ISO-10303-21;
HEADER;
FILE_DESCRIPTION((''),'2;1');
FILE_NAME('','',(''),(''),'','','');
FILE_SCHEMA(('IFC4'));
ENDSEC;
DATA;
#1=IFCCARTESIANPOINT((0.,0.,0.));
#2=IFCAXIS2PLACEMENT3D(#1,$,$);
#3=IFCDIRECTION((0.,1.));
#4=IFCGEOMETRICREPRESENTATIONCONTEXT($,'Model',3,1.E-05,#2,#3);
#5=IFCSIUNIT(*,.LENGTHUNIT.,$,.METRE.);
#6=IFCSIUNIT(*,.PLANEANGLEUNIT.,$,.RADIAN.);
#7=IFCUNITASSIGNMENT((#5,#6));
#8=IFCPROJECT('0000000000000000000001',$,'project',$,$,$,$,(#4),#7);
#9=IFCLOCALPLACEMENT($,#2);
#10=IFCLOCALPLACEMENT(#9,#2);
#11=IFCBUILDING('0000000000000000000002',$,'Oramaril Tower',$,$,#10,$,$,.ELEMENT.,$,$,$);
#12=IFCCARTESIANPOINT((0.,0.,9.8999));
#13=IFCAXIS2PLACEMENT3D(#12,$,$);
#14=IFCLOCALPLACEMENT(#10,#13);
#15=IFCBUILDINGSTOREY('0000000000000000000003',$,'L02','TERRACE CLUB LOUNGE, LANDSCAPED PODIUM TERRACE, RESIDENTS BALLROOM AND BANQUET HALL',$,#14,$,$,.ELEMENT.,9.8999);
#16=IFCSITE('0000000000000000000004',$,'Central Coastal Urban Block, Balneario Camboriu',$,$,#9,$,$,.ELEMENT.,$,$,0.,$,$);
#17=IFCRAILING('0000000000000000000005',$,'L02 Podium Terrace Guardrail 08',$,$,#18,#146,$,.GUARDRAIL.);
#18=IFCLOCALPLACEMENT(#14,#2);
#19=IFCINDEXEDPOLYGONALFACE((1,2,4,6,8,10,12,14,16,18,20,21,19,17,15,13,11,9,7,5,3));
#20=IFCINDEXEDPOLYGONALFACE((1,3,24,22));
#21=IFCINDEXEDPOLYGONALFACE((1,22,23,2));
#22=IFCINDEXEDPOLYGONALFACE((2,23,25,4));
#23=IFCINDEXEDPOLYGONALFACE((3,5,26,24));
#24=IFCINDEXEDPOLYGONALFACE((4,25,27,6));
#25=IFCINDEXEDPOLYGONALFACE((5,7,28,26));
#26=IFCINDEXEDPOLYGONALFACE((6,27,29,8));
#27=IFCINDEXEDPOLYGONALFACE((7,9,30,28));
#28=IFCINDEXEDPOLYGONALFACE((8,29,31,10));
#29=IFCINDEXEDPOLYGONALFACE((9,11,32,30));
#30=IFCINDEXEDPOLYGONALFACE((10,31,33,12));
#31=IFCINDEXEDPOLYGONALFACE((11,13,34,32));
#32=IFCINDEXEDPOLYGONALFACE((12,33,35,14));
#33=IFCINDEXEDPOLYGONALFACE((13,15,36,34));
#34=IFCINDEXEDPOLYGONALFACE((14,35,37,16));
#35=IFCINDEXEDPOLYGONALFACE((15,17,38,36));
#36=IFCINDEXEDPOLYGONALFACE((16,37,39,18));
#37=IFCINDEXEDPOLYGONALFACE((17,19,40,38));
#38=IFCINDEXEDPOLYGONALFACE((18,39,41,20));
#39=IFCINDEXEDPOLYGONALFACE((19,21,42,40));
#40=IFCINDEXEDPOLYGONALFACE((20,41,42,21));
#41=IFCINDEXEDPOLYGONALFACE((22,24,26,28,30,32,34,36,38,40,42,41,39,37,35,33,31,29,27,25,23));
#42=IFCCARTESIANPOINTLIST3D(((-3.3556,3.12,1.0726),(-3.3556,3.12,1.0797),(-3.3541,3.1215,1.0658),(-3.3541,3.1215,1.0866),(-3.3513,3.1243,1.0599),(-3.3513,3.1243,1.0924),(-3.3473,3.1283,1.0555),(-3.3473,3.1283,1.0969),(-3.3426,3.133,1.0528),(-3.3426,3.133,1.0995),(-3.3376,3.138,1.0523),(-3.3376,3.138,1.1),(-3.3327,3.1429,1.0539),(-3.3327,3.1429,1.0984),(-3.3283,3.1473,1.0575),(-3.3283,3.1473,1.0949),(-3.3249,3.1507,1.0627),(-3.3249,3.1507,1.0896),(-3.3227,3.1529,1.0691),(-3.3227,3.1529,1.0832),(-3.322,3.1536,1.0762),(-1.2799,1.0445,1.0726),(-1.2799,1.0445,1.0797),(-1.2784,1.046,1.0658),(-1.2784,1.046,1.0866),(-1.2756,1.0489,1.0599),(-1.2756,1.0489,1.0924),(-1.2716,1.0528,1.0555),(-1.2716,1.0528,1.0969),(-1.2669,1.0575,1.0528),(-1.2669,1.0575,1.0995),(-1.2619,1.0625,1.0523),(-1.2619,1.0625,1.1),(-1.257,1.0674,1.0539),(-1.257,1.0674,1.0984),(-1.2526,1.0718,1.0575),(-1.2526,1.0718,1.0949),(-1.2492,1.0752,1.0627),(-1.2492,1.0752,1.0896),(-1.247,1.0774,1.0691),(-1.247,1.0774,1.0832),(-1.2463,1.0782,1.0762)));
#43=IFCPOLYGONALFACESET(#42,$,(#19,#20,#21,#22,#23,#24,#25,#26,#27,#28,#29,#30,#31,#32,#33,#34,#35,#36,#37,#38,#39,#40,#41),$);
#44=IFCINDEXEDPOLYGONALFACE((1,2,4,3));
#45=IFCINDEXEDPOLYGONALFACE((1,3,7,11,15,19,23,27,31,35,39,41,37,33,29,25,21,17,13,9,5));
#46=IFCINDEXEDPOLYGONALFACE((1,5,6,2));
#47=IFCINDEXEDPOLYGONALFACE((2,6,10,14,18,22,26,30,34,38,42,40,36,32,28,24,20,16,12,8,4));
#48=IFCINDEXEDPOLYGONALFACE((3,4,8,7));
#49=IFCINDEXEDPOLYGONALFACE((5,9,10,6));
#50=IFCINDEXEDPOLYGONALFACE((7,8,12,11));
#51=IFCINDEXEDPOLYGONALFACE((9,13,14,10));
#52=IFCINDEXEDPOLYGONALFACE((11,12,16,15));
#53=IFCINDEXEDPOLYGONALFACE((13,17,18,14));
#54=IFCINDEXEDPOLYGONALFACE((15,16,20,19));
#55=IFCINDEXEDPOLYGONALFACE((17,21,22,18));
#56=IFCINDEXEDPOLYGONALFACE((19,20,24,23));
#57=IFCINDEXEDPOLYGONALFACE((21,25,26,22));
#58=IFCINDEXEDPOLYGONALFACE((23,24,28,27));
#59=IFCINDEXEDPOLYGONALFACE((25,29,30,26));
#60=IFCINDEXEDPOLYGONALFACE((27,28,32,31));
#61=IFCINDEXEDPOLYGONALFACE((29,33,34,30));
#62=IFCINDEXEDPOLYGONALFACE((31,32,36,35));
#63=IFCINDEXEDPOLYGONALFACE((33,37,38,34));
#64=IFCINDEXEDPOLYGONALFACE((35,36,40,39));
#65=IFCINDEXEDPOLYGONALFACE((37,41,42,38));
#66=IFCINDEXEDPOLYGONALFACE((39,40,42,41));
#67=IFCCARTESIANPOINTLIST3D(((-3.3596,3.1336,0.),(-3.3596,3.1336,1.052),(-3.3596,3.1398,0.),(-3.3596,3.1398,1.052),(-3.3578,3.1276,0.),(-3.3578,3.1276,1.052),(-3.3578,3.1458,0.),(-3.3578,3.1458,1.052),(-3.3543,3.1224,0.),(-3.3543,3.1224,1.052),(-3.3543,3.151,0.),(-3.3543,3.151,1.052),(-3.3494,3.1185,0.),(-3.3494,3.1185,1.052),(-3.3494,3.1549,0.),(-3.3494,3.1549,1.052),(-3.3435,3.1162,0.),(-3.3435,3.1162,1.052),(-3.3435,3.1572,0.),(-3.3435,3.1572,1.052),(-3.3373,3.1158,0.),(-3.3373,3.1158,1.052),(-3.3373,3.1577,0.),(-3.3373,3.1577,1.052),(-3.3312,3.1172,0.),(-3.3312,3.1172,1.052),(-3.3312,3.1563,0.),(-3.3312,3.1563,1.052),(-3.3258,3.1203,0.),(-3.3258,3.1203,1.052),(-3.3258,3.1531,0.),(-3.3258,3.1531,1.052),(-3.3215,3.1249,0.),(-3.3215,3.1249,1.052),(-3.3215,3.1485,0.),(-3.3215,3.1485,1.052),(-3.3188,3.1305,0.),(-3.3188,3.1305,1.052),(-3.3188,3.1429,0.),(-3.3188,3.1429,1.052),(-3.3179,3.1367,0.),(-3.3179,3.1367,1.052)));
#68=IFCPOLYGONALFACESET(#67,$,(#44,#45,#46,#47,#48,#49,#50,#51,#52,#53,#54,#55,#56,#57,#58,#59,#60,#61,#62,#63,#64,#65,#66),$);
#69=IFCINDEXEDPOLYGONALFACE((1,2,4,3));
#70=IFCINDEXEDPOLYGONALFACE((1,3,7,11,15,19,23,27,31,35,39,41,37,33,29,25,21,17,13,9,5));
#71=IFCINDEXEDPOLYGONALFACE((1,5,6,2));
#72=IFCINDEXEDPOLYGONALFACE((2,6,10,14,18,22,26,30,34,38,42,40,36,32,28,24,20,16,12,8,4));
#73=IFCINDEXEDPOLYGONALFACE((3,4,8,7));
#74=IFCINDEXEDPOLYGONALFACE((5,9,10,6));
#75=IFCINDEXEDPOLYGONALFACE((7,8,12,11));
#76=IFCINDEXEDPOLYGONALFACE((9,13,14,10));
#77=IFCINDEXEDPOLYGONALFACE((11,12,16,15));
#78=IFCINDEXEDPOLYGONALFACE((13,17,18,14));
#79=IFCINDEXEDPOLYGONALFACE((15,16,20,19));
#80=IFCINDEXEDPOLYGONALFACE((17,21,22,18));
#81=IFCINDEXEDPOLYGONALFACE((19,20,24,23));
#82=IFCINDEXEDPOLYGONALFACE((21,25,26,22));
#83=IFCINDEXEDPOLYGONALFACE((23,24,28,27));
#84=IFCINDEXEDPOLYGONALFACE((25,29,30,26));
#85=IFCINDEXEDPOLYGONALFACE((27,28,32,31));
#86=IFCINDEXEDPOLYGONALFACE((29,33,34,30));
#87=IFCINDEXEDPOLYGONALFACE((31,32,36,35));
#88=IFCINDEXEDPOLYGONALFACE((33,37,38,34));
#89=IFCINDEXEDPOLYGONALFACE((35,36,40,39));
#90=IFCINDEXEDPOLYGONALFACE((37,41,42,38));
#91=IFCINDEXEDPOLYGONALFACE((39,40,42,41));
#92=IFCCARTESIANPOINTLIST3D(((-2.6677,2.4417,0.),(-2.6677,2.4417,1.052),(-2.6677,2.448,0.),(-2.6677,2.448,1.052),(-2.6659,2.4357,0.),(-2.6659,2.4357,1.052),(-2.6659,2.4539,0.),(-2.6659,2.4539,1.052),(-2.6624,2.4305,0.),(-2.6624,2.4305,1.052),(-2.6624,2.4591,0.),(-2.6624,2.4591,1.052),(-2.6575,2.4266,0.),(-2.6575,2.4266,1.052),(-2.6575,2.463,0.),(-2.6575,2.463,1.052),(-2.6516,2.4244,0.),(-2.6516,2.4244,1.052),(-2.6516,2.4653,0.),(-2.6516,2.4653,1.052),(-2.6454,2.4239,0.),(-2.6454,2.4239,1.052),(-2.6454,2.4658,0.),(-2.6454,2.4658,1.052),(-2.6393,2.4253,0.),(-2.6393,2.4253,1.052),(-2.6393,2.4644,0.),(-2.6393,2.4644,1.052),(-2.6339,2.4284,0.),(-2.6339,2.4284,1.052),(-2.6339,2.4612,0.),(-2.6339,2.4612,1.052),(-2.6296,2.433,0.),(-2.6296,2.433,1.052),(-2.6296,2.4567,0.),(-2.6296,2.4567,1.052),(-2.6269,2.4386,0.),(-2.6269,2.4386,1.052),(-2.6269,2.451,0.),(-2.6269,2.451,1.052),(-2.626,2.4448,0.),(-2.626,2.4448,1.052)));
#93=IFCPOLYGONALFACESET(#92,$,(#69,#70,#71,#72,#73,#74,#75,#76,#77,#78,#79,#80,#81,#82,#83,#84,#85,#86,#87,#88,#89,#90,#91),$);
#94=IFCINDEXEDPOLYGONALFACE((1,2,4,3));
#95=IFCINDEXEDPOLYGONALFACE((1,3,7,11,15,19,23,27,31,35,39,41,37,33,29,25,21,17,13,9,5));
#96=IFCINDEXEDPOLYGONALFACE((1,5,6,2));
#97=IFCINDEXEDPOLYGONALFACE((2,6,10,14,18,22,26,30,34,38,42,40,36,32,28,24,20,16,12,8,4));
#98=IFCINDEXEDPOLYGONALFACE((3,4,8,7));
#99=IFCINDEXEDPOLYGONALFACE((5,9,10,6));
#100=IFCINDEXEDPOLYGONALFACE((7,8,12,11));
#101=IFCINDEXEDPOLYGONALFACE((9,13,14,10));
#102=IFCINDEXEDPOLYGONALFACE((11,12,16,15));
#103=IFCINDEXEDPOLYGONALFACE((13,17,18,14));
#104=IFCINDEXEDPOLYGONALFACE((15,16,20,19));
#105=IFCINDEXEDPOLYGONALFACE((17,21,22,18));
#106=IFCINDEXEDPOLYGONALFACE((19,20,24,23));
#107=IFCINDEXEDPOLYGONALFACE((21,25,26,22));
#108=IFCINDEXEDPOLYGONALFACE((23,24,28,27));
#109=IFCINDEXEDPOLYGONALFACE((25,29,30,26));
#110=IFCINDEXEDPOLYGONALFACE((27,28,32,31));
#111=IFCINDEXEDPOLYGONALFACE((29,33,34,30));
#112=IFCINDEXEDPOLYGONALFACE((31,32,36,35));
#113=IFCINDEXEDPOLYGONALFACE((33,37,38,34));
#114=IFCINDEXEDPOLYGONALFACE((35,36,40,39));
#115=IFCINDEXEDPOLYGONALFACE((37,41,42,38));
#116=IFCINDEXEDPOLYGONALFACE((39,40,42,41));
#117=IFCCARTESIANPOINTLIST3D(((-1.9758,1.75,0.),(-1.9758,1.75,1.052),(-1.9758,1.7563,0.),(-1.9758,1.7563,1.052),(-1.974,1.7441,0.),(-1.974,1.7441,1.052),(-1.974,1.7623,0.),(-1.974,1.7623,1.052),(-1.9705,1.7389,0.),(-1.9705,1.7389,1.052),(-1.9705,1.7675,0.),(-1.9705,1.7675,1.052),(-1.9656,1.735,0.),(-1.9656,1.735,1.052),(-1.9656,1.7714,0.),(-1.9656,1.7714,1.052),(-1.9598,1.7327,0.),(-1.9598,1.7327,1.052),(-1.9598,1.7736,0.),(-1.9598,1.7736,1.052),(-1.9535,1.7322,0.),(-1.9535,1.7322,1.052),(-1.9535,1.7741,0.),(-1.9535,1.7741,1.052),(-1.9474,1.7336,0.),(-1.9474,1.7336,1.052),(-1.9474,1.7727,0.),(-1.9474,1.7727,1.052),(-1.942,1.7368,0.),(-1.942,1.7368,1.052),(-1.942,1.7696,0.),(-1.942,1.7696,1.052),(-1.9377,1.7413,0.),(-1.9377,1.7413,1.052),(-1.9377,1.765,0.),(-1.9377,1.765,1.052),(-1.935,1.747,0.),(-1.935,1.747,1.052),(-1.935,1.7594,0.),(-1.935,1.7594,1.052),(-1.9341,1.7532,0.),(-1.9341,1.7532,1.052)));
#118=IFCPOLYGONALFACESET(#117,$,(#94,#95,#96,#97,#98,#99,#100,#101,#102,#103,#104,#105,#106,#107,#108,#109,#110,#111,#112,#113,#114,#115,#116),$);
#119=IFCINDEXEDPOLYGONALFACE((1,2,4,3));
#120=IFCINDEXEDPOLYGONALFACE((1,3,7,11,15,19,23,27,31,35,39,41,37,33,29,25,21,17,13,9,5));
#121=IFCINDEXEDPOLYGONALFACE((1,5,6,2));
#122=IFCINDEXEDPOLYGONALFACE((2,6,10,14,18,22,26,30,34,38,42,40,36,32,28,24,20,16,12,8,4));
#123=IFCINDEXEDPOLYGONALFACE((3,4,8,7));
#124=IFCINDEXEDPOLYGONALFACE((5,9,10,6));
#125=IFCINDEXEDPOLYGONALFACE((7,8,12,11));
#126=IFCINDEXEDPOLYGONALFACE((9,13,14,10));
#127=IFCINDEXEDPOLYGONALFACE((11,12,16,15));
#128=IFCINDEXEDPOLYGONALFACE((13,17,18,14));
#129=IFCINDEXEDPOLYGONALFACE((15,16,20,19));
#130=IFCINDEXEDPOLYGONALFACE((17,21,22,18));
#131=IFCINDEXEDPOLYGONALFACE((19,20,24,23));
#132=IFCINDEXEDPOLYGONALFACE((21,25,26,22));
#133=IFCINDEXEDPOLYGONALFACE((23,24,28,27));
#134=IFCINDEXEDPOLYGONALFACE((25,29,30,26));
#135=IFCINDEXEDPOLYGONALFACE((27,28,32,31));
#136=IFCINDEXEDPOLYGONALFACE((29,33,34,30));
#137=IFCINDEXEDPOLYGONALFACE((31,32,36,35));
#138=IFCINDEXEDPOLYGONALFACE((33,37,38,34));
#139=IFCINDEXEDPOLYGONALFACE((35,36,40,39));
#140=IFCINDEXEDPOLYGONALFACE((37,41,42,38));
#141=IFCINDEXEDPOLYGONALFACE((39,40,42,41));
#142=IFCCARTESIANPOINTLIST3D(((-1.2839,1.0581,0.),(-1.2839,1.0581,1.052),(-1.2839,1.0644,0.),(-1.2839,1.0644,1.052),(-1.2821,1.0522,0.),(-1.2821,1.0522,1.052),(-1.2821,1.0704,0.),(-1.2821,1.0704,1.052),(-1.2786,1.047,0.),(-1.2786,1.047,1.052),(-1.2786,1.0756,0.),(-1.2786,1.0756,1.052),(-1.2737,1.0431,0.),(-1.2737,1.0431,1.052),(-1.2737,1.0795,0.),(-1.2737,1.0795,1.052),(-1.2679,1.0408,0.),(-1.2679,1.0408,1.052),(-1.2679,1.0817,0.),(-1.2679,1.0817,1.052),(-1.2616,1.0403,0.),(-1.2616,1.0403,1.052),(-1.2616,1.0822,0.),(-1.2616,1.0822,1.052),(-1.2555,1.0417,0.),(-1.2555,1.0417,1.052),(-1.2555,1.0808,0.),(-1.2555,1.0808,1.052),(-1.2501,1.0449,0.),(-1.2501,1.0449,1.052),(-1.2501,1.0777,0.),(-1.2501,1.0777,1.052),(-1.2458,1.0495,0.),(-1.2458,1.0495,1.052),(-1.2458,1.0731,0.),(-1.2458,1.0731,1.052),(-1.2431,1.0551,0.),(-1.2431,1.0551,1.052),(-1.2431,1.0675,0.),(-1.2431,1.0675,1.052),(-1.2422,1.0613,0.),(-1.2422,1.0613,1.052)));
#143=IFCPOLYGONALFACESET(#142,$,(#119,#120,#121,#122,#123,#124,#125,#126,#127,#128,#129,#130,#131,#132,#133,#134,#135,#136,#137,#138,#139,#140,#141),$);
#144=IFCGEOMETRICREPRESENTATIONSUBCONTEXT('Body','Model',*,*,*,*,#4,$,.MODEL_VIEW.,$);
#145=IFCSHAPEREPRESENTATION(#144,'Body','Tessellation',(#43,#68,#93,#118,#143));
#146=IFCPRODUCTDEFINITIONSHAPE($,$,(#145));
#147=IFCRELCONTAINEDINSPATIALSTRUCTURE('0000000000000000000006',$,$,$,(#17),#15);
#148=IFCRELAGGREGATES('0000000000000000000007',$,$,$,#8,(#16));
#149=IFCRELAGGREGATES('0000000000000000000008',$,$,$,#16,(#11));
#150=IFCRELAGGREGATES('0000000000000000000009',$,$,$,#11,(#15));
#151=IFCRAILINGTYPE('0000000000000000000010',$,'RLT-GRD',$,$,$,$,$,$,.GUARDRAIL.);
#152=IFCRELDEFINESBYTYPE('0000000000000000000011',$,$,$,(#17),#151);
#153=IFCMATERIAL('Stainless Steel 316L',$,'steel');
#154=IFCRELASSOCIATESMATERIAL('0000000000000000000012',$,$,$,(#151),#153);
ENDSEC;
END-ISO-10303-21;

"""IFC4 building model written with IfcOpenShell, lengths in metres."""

from ifc_helpers import new_model, si_unit, direction, frame, origin, origin_2d, place, context, subcontext, project, spatial, circle, extrude, material, type_object, element, save


model = new_model("IFC4")

# Units and contexts
model_context = context("Model", 3, precision=1e-05, world=origin(), true_north=direction((0.0, 1.0)))
body_context = subcontext(model_context, "Body", "Model", "MODEL_VIEW")
ifc_project = project(units=[si_unit("LENGTHUNIT", "METRE"), si_unit("PLANEANGLEUNIT", "RADIAN")], contexts=[model_context])

# Site, building, storey
site_placement = place(None, origin())
site = spatial("IfcSite", under=ifc_project, at=site_placement, Name="Central Coastal Urban Block, Balneario Camboriu", CompositionType="ELEMENT", RefElevation=0.0)
building_placement = place(site_placement, origin())
building = spatial("IfcBuilding", under=site, at=building_placement, Name="Oramaril Tower", CompositionType="ELEMENT")
storey_placement = place(building_placement, frame((0.0, 0.0, 9.8999)))
storey = spatial("IfcBuildingStorey", under=building, at=storey_placement, Name="L02", Description="TERRACE CLUB LOUNGE, LANDSCAPED PODIUM TERRACE, RESIDENTS BALLROOM AND BANQUET HALL", CompositionType="ELEMENT", Elevation=9.8999)

# Railing
ifc_material_1 = material(Name="Stainless Steel 316L", Category="steel")
railing_type = type_object("IfcRailingType", Name="RLT-GRD", PredefinedType="GUARDRAIL", material=ifc_material_1)
railing_1_placement = place(storey_placement, frame((-3.3389, 3.1367, 0.0)))
element("IfcRailing", 1, at=railing_1_placement, inside=storey, type_object=railing_type, Name="L02 Podium Terrace Guardrail 08", PredefinedType="GUARDRAIL", context=body_context, shape_type="SweptSolid", body=[
    extrude(circle(Radius=0.0239, at=origin_2d()), frame((0.0, 0.0, 1.0762), z_axis=(0.707148, -0.707065, 0.0), x_axis=(0.707065, 0.707148, 0.0)), (0.0, 0.0, 1.0), 2.9353),
    extrude(circle(Radius=0.021, at=origin_2d()), origin(), (0.0, 0.0, 1.0), 1.052),
    extrude(circle(Radius=0.021, at=origin_2d()), frame((0.6919, -0.6919, 0.0)), (0.0, 0.0, 1.0), 1.052),
    extrude(circle(Radius=0.021, at=origin_2d()), frame((1.3838, -1.3835, 0.0)), (0.0, 0.0, 1.0), 1.052),
    extrude(circle(Radius=0.021, at=origin_2d()), frame((2.0757, -2.0754, 0.0)), (0.0, 0.0, 1.0), 1.052),
])

save(model, "model.ifc")
